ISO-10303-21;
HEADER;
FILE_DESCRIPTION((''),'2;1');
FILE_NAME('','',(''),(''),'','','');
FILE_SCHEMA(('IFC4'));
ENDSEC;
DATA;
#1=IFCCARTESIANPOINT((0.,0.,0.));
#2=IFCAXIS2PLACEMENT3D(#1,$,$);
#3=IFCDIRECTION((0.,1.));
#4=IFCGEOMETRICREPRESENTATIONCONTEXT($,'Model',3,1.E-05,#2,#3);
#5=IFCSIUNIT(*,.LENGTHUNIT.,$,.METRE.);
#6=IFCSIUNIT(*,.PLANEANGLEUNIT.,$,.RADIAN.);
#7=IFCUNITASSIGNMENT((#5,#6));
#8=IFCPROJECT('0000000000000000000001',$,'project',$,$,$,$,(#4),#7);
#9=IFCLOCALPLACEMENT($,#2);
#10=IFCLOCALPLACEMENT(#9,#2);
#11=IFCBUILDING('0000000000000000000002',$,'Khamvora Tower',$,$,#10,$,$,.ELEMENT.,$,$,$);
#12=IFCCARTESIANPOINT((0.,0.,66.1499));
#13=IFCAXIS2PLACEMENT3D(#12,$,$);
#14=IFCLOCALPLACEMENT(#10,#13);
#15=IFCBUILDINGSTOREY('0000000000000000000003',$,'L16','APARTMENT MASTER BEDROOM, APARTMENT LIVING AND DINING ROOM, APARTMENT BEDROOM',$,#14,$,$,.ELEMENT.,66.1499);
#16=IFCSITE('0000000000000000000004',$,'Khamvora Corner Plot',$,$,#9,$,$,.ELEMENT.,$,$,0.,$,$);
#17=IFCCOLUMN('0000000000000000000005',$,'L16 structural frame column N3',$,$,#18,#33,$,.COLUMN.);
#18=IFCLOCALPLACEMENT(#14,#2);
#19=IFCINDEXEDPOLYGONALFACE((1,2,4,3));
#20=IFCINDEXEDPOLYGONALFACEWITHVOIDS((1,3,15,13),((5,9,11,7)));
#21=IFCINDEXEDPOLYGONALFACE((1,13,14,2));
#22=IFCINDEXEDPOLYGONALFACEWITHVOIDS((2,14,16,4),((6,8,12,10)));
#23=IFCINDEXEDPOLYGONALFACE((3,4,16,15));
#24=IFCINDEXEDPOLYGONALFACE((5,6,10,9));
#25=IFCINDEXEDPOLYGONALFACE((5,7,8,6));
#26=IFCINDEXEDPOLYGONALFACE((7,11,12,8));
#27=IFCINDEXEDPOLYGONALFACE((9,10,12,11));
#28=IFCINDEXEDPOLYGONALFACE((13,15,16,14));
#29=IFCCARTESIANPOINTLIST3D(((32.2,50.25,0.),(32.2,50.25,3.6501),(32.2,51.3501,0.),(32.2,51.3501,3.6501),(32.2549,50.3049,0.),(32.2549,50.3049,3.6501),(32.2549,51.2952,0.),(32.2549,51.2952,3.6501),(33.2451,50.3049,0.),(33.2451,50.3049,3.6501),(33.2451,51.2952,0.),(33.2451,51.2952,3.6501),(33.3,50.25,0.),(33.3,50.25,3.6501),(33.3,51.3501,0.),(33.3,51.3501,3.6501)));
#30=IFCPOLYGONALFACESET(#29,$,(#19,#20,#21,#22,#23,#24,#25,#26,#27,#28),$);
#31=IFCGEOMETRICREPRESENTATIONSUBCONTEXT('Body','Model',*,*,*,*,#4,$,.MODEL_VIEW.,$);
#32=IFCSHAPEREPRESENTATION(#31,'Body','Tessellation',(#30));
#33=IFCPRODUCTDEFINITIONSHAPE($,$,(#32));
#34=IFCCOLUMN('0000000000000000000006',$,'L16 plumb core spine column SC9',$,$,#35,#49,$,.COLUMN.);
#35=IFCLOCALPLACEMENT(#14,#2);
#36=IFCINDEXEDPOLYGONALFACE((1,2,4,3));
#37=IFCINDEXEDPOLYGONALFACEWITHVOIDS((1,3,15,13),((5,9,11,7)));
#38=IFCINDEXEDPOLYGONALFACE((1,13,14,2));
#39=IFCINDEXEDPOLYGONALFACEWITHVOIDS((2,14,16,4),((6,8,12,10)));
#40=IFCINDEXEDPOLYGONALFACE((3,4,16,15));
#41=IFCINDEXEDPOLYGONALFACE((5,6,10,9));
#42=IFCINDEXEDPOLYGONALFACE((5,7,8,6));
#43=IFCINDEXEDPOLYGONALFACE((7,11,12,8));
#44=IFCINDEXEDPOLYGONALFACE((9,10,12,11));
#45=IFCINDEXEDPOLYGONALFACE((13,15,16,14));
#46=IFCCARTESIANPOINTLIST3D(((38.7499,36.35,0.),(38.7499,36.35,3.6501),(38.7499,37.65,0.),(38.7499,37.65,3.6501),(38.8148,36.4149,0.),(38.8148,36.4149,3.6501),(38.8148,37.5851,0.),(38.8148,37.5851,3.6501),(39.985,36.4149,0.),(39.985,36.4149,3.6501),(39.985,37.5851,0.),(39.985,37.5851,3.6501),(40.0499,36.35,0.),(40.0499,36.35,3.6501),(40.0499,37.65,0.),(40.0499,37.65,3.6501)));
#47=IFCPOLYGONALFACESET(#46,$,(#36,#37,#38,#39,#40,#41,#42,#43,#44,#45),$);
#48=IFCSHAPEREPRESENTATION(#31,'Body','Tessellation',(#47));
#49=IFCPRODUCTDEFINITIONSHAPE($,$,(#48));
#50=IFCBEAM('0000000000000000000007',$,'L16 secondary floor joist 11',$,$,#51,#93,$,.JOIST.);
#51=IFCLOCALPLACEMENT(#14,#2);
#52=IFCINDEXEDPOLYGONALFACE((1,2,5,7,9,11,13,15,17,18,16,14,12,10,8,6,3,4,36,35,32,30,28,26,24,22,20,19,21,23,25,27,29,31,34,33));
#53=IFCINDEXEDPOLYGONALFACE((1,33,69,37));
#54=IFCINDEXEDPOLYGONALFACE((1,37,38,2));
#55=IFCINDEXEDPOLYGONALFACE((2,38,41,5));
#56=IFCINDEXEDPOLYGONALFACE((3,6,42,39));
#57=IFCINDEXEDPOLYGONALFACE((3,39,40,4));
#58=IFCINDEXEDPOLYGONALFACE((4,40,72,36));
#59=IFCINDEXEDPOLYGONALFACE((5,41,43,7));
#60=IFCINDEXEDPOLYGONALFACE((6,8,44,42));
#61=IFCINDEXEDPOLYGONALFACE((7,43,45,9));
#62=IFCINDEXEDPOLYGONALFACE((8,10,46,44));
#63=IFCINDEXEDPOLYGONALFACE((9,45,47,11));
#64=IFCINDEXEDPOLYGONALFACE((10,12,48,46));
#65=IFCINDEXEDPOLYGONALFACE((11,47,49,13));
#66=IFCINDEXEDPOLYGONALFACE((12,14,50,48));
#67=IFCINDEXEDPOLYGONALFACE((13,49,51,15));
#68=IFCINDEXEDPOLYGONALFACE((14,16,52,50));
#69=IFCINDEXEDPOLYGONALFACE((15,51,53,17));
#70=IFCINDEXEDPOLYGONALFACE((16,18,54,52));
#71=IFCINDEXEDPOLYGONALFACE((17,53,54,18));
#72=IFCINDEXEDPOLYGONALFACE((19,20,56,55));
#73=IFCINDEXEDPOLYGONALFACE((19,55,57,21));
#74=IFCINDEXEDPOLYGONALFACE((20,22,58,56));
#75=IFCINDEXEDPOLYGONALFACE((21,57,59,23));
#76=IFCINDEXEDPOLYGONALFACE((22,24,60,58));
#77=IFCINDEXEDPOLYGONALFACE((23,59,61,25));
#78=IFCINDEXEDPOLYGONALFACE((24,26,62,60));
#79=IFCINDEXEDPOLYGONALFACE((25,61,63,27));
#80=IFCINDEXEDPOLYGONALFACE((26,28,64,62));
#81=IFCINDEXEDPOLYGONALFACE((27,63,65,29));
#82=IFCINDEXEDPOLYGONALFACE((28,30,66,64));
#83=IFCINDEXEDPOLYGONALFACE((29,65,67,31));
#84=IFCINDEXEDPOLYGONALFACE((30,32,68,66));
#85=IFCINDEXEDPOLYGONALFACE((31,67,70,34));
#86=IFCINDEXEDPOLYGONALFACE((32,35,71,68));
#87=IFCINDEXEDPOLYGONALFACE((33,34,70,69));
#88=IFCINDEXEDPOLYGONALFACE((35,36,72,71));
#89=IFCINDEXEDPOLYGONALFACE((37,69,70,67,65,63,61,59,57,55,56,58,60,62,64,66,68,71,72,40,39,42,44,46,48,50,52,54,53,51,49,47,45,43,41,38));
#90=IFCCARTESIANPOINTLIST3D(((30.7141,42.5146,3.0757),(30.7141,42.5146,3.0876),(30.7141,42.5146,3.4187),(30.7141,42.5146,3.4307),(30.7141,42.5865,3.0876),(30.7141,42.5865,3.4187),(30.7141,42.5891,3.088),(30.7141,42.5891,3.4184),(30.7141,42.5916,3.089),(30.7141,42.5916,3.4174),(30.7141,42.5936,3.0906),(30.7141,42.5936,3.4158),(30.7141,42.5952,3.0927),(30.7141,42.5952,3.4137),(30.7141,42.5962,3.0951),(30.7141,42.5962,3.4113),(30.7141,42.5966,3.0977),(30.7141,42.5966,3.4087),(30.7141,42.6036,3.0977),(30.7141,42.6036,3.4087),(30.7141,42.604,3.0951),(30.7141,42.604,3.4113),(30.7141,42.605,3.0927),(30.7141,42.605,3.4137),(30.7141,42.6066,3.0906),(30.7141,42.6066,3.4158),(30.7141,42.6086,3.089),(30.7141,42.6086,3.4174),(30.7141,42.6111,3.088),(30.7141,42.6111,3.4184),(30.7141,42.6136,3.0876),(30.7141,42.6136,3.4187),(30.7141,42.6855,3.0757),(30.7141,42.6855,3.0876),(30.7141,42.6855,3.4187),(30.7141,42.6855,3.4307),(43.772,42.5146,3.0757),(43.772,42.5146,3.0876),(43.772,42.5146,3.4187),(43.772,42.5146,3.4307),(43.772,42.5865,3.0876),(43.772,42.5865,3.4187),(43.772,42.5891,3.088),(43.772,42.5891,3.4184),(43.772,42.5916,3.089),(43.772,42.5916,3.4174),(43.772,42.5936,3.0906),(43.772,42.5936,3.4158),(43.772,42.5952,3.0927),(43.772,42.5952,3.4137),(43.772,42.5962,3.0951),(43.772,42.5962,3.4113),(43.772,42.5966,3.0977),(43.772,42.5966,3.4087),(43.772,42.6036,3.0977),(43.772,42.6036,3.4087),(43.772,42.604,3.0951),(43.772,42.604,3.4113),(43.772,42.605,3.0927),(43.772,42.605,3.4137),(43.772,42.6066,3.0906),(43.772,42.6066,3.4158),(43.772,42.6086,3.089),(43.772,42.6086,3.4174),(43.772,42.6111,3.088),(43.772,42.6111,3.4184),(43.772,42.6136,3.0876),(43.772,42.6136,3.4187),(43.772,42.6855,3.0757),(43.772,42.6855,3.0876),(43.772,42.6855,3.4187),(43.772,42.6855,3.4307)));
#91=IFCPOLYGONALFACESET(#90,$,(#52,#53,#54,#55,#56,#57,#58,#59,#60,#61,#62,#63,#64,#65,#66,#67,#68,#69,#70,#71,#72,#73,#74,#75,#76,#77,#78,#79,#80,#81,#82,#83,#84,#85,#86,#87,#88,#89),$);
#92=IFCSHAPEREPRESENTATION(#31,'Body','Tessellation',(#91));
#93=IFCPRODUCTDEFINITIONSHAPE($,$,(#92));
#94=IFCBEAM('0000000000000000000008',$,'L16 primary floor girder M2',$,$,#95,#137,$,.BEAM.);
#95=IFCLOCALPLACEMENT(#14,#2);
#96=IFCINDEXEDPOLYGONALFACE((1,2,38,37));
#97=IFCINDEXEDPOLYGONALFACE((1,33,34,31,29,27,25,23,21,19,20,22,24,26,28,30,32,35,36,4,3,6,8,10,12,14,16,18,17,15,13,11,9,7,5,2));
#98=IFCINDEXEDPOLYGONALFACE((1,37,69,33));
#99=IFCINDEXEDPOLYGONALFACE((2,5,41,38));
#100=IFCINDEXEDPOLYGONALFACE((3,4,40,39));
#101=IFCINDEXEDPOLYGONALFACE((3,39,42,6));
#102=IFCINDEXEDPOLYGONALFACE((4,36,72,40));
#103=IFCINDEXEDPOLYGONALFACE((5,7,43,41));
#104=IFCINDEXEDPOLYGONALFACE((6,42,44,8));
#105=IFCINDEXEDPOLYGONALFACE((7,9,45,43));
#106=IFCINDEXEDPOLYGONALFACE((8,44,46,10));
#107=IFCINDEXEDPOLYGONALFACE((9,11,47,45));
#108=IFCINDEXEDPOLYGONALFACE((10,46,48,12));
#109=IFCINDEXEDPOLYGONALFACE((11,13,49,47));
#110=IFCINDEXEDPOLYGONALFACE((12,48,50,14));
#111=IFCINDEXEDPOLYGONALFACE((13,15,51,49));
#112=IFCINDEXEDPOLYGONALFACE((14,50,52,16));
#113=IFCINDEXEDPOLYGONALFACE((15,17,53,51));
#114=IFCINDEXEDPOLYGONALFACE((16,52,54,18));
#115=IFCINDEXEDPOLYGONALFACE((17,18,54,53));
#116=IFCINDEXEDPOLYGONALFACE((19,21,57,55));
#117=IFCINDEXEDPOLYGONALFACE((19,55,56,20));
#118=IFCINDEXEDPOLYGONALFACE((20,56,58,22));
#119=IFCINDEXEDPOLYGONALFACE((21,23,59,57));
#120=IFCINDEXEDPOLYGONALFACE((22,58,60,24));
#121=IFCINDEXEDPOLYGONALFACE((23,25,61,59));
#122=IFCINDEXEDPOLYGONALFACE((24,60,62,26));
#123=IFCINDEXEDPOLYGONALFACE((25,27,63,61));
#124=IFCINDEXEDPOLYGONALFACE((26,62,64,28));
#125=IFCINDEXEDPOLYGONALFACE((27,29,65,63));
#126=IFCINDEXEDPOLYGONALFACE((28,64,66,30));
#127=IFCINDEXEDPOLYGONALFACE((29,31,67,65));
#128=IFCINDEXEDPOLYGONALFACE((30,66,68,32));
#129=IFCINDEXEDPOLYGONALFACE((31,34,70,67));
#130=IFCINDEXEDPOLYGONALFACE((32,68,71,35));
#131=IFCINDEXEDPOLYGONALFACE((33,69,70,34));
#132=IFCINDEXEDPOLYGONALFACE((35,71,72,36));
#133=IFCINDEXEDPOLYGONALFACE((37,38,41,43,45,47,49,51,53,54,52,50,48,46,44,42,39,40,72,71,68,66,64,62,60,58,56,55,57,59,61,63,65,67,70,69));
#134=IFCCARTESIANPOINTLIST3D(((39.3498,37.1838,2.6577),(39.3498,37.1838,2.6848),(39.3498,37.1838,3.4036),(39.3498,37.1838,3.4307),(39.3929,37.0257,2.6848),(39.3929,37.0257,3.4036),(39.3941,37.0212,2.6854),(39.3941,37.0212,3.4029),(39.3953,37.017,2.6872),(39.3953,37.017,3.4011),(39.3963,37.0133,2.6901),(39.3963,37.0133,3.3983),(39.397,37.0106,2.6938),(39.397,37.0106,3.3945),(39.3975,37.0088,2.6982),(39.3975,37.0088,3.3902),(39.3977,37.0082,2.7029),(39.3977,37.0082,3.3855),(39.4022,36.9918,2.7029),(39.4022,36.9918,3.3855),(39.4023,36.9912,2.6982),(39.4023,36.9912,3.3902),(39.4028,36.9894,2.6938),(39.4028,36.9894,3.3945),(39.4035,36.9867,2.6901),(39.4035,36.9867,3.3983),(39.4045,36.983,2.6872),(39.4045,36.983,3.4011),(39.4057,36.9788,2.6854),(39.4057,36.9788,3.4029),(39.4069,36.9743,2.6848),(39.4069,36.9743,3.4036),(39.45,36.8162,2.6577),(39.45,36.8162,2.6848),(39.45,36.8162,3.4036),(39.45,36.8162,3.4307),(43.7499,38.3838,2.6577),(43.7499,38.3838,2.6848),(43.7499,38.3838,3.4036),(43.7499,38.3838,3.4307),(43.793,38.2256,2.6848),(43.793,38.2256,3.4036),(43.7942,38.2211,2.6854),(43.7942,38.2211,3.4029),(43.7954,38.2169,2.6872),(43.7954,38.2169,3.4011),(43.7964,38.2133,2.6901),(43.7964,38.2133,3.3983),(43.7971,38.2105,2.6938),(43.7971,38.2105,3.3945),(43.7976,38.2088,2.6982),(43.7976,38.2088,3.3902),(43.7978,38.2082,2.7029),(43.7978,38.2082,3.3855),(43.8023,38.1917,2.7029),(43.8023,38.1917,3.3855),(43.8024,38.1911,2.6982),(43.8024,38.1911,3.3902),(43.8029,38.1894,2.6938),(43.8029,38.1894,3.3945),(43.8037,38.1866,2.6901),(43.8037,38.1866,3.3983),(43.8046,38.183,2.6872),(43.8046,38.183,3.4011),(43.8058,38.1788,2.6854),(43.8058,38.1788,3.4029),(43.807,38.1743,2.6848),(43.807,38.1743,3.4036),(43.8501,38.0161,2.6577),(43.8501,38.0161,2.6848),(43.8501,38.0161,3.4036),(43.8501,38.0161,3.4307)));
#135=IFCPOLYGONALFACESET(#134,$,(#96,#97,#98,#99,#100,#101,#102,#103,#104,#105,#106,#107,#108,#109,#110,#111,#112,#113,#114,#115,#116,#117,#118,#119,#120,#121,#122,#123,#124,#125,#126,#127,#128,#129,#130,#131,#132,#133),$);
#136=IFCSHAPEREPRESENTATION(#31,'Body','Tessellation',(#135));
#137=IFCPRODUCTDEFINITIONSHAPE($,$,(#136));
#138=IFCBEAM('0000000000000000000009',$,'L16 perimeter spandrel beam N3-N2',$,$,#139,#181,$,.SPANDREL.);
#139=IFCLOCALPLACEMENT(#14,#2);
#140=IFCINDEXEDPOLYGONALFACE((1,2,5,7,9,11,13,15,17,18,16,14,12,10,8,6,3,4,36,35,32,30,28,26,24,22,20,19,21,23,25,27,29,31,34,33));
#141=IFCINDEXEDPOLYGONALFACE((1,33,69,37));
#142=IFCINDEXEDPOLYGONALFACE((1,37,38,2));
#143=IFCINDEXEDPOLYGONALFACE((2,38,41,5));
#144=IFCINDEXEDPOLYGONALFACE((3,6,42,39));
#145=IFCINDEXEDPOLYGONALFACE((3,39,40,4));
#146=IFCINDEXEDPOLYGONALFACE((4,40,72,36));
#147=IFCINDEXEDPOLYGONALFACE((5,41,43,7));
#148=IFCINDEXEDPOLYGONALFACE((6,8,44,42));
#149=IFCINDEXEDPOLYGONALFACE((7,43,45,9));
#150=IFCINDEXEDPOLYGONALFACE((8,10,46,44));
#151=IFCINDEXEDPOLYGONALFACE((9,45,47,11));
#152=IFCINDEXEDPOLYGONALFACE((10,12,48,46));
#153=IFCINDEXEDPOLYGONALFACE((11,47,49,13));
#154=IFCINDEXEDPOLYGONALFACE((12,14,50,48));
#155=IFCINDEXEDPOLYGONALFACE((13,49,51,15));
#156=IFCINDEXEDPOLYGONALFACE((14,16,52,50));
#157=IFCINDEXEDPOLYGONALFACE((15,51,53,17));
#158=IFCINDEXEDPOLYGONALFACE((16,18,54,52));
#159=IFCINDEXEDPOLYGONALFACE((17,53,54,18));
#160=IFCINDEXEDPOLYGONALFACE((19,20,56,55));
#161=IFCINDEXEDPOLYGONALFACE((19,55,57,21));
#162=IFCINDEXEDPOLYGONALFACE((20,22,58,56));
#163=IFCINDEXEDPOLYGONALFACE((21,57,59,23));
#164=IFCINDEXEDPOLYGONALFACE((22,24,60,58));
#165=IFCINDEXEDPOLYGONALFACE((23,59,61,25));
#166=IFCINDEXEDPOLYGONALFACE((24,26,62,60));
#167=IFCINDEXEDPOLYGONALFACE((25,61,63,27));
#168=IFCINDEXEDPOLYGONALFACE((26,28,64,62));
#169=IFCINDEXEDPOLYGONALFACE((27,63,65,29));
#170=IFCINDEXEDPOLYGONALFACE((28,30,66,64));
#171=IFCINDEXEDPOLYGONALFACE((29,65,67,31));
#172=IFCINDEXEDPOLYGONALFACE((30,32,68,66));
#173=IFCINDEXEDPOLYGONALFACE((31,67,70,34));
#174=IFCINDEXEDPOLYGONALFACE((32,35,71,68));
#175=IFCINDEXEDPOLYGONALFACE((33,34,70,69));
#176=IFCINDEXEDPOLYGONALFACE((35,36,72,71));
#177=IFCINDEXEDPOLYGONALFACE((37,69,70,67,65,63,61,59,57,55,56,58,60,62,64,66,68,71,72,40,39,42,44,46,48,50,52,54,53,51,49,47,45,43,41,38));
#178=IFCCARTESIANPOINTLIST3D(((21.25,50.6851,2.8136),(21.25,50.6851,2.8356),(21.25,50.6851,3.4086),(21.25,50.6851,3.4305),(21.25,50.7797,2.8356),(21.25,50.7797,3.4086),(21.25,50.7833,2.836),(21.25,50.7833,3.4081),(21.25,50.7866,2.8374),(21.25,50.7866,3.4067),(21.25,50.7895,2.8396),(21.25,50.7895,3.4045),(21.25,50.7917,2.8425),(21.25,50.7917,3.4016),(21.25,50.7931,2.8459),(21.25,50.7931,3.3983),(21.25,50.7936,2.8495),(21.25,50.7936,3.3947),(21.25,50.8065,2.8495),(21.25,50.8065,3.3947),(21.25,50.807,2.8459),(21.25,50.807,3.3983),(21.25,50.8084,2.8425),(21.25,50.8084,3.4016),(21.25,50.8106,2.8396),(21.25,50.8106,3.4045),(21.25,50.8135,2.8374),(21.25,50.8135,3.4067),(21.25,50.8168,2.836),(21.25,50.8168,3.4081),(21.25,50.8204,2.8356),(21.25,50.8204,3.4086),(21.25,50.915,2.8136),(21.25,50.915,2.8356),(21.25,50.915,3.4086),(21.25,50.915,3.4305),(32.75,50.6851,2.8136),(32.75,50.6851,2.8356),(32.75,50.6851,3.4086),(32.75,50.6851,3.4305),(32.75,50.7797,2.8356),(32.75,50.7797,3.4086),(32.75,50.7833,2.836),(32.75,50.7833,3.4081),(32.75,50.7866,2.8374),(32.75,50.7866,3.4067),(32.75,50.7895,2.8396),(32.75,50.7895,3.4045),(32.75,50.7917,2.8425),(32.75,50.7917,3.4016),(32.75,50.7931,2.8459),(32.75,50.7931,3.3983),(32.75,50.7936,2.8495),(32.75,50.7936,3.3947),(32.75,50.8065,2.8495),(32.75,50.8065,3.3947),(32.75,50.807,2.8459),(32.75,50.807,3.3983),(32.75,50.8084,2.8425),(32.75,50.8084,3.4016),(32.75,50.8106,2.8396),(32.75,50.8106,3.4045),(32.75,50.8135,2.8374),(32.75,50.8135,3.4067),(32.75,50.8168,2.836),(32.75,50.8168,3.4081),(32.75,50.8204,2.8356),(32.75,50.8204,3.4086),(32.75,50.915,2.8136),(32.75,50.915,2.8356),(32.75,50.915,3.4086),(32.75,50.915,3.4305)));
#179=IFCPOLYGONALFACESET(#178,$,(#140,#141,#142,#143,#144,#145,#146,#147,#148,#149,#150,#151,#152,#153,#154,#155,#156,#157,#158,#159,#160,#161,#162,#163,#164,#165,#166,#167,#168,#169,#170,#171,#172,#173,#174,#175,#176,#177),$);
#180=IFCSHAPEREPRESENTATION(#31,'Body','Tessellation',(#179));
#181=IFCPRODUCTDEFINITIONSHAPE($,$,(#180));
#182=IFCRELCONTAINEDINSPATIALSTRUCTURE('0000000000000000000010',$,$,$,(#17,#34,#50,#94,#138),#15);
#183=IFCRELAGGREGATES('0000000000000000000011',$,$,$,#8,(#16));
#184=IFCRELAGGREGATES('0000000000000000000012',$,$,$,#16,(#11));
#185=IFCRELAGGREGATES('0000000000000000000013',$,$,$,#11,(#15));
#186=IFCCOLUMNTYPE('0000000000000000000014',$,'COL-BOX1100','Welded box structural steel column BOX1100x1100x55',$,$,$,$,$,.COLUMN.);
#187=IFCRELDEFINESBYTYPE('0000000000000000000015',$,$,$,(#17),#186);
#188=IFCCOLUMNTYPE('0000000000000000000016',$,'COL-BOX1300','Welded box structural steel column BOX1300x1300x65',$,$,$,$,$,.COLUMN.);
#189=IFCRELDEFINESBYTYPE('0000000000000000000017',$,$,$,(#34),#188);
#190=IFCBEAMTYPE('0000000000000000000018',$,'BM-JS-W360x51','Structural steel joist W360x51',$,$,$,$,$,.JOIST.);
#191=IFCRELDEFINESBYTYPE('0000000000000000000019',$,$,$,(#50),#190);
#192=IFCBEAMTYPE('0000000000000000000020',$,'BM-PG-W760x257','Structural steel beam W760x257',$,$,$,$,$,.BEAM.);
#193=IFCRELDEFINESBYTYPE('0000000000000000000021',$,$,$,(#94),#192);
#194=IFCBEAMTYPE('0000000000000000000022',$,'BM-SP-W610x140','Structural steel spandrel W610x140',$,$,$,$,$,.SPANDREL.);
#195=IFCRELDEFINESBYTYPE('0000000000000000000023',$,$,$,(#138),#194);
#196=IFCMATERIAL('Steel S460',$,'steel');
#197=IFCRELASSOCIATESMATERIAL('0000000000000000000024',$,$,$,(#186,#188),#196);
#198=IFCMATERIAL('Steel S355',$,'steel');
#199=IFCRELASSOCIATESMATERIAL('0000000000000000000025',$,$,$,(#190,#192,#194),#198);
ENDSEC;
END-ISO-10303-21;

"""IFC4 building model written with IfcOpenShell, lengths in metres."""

from ifc_helpers import new_model, si_unit, direction, frame, origin, origin_2d, place, context, subcontext, project, spatial, hollow_rectangle, i_section, extrude, material, material_profile, profile_set, type_object, element, save


model = new_model("IFC4")

# Units and contexts
model_context = context("Model", 3, precision=1e-05, world=origin(), true_north=direction((0.0, 1.0)))
body_context = subcontext(model_context, "Body", "Model", "MODEL_VIEW")
ifc_project = project(units=[si_unit("LENGTHUNIT", "METRE"), si_unit("PLANEANGLEUNIT", "RADIAN")], contexts=[model_context])

# Site, building, storey
site_placement = place(None, origin())
site = spatial("IfcSite", under=ifc_project, at=site_placement, Name="Khamvora Corner Plot", CompositionType="ELEMENT", RefElevation=0.0)
building_placement = place(site_placement, origin())
building = spatial("IfcBuilding", under=site, at=building_placement, Name="Khamvora Tower", CompositionType="ELEMENT")
storey_placement = place(building_placement, frame((0.0, 0.0, 66.1499)))
storey = spatial("IfcBuildingStorey", under=building, at=storey_placement, Name="L16", Description="APARTMENT MASTER BEDROOM, APARTMENT LIVING AND DINING ROOM, APARTMENT BEDROOM", CompositionType="ELEMENT", Elevation=66.1499)

# Columns
ifc_material_1 = material(Name="Steel S460", Category="steel")
ifc_material_profile_1 = material_profile(ifc_material_1, hollow_rectangle(XDim=1.1001, YDim=1.1001, WallThickness=0.0549, at=origin_2d()), Name="BOX1100x1100x55")
ifc_profile_set_1 = profile_set([ifc_material_profile_1], Name="Steel S460")
column_type_1 = type_object("IfcColumnType", Name="COL-BOX1100", Description="Welded box structural steel column BOX1100x1100x55", PredefinedType="COLUMN", material=ifc_profile_set_1)
column_1_placement = place(storey_placement, frame((32.75, 50.8, 0.0), z_axis=(0.0, 0.0, 1.0), x_axis=(1.0, 0.0, 0.0)))
element("IfcColumn", 1, at=column_1_placement, inside=storey, type_object=column_type_1, Name="L16 structural frame column N3", PredefinedType="COLUMN", context=body_context, shape_type="SweptSolid", body=[
    extrude(hollow_rectangle(XDim=1.1001, YDim=1.1001, WallThickness=0.0549, at=origin_2d()), origin(), (0.0, 0.0, 1.0), 3.6501),
])
ifc_material_profile_2 = material_profile(ifc_material_1, hollow_rectangle(XDim=1.3, YDim=1.3, WallThickness=0.0649, at=origin_2d()), Name="BOX1300x1300x65")
ifc_profile_set_2 = profile_set([ifc_material_profile_2], Name="Steel S460")
column_type_2 = type_object("IfcColumnType", Name="COL-BOX1300", Description="Welded box structural steel column BOX1300x1300x65", PredefinedType="COLUMN", material=ifc_profile_set_2)
column_2_placement = place(storey_placement, frame((39.3999, 37.0, 0.0), z_axis=(0.0, 0.0, 1.0), x_axis=(1.0, 0.0, 0.0)))
element("IfcColumn", 2, at=column_2_placement, inside=storey, type_object=column_type_2, Name="L16 plumb core spine column SC9", PredefinedType="COLUMN", context=body_context, shape_type="SweptSolid", body=[
    extrude(hollow_rectangle(XDim=1.3, YDim=1.3, WallThickness=0.0649, at=origin_2d()), origin(), (0.0, 0.0, 1.0), 3.6501),
])

# Beams
ifc_material_2 = material(Name="Steel S355", Category="steel")
ifc_material_profile_3 = material_profile(ifc_material_2, i_section(OverallWidth=0.1709, OverallDepth=0.355, WebThickness=0.0071, FlangeThickness=0.012, FilletRadius=0.01, at=origin_2d()), Name="W360x51")
ifc_profile_set_3 = profile_set([ifc_material_profile_3], Name="Steel S355")
beam_type_1 = type_object("IfcBeamType", Name="BM-JS-W360x51", Description="Structural steel joist W360x51", PredefinedType="JOIST", material=ifc_profile_set_3)
beam_1_placement = place(storey_placement, frame((30.7141, 42.6001, 3.2532), z_axis=(1.0, 0.0, 0.0), x_axis=(0.0, 1.0, 0.0)))
element("IfcBeam", 3, at=beam_1_placement, inside=storey, type_object=beam_type_1, Name="L16 secondary floor joist 11", PredefinedType="JOIST", context=body_context, shape_type="SweptSolid", body=[
    extrude(i_section(OverallWidth=0.1709, OverallDepth=0.355, WebThickness=0.0071, FlangeThickness=0.012, FilletRadius=0.01, at=origin_2d()), origin(), (0.0, 0.0, 1.0), 13.0579),
])
ifc_material_profile_4 = material_profile(ifc_material_2, i_section(OverallWidth=0.3811, OverallDepth=0.7729, WebThickness=0.0171, FlangeThickness=0.0271, FilletRadius=0.0181, at=origin_2d()), Name="W760x257")
ifc_profile_set_4 = profile_set([ifc_material_profile_4], Name="Steel S355")
beam_type_2 = type_object("IfcBeamType", Name="BM-PG-W760x257", Description="Structural steel beam W760x257", PredefinedType="BEAM", material=ifc_profile_set_4)
beam_2_placement = place(storey_placement, frame((39.3999, 37.0, 3.0442), z_axis=(0.964769, 0.263099, 0.0), x_axis=(-0.263099, 0.964769, 0.0)))
element("IfcBeam", 4, at=beam_2_placement, inside=storey, type_object=beam_type_2, Name="L16 primary floor girder M2", PredefinedType="BEAM", context=body_context, shape_type="SweptSolid", body=[
    extrude(i_section(OverallWidth=0.3811, OverallDepth=0.7729, WebThickness=0.0171, FlangeThickness=0.0271, FilletRadius=0.0181, at=origin_2d()), origin(), (0.0, 0.0, 1.0), 4.5608),
])
ifc_material_profile_5 = material_profile(ifc_material_2, i_section(OverallWidth=0.23, OverallDepth=0.6169, WebThickness=0.0129, FlangeThickness=0.022, FilletRadius=0.0139, at=origin_2d()), Name="W610x140")
ifc_profile_set_5 = profile_set([ifc_material_profile_5], Name="Steel S355")
beam_type_3 = type_object("IfcBeamType", Name="BM-SP-W610x140", Description="Structural steel spandrel W610x140", PredefinedType="SPANDREL", material=ifc_profile_set_5)
beam_3_placement = place(storey_placement, frame((32.75, 50.8, 3.1221), z_axis=(-1.0, 0.0, 0.0), x_axis=(0.0, -1.0, 0.0)))
element("IfcBeam", 5, at=beam_3_placement, inside=storey, type_object=beam_type_3, Name="L16 perimeter spandrel beam N3-N2", PredefinedType="SPANDREL", context=body_context, shape_type="SweptSolid", body=[
    extrude(i_section(OverallWidth=0.23, OverallDepth=0.6169, WebThickness=0.0129, FlangeThickness=0.022, FilletRadius=0.0139, at=origin_2d()), origin(), (0.0, 0.0, 1.0), 11.5),
])

save(model, "model.ifc")
